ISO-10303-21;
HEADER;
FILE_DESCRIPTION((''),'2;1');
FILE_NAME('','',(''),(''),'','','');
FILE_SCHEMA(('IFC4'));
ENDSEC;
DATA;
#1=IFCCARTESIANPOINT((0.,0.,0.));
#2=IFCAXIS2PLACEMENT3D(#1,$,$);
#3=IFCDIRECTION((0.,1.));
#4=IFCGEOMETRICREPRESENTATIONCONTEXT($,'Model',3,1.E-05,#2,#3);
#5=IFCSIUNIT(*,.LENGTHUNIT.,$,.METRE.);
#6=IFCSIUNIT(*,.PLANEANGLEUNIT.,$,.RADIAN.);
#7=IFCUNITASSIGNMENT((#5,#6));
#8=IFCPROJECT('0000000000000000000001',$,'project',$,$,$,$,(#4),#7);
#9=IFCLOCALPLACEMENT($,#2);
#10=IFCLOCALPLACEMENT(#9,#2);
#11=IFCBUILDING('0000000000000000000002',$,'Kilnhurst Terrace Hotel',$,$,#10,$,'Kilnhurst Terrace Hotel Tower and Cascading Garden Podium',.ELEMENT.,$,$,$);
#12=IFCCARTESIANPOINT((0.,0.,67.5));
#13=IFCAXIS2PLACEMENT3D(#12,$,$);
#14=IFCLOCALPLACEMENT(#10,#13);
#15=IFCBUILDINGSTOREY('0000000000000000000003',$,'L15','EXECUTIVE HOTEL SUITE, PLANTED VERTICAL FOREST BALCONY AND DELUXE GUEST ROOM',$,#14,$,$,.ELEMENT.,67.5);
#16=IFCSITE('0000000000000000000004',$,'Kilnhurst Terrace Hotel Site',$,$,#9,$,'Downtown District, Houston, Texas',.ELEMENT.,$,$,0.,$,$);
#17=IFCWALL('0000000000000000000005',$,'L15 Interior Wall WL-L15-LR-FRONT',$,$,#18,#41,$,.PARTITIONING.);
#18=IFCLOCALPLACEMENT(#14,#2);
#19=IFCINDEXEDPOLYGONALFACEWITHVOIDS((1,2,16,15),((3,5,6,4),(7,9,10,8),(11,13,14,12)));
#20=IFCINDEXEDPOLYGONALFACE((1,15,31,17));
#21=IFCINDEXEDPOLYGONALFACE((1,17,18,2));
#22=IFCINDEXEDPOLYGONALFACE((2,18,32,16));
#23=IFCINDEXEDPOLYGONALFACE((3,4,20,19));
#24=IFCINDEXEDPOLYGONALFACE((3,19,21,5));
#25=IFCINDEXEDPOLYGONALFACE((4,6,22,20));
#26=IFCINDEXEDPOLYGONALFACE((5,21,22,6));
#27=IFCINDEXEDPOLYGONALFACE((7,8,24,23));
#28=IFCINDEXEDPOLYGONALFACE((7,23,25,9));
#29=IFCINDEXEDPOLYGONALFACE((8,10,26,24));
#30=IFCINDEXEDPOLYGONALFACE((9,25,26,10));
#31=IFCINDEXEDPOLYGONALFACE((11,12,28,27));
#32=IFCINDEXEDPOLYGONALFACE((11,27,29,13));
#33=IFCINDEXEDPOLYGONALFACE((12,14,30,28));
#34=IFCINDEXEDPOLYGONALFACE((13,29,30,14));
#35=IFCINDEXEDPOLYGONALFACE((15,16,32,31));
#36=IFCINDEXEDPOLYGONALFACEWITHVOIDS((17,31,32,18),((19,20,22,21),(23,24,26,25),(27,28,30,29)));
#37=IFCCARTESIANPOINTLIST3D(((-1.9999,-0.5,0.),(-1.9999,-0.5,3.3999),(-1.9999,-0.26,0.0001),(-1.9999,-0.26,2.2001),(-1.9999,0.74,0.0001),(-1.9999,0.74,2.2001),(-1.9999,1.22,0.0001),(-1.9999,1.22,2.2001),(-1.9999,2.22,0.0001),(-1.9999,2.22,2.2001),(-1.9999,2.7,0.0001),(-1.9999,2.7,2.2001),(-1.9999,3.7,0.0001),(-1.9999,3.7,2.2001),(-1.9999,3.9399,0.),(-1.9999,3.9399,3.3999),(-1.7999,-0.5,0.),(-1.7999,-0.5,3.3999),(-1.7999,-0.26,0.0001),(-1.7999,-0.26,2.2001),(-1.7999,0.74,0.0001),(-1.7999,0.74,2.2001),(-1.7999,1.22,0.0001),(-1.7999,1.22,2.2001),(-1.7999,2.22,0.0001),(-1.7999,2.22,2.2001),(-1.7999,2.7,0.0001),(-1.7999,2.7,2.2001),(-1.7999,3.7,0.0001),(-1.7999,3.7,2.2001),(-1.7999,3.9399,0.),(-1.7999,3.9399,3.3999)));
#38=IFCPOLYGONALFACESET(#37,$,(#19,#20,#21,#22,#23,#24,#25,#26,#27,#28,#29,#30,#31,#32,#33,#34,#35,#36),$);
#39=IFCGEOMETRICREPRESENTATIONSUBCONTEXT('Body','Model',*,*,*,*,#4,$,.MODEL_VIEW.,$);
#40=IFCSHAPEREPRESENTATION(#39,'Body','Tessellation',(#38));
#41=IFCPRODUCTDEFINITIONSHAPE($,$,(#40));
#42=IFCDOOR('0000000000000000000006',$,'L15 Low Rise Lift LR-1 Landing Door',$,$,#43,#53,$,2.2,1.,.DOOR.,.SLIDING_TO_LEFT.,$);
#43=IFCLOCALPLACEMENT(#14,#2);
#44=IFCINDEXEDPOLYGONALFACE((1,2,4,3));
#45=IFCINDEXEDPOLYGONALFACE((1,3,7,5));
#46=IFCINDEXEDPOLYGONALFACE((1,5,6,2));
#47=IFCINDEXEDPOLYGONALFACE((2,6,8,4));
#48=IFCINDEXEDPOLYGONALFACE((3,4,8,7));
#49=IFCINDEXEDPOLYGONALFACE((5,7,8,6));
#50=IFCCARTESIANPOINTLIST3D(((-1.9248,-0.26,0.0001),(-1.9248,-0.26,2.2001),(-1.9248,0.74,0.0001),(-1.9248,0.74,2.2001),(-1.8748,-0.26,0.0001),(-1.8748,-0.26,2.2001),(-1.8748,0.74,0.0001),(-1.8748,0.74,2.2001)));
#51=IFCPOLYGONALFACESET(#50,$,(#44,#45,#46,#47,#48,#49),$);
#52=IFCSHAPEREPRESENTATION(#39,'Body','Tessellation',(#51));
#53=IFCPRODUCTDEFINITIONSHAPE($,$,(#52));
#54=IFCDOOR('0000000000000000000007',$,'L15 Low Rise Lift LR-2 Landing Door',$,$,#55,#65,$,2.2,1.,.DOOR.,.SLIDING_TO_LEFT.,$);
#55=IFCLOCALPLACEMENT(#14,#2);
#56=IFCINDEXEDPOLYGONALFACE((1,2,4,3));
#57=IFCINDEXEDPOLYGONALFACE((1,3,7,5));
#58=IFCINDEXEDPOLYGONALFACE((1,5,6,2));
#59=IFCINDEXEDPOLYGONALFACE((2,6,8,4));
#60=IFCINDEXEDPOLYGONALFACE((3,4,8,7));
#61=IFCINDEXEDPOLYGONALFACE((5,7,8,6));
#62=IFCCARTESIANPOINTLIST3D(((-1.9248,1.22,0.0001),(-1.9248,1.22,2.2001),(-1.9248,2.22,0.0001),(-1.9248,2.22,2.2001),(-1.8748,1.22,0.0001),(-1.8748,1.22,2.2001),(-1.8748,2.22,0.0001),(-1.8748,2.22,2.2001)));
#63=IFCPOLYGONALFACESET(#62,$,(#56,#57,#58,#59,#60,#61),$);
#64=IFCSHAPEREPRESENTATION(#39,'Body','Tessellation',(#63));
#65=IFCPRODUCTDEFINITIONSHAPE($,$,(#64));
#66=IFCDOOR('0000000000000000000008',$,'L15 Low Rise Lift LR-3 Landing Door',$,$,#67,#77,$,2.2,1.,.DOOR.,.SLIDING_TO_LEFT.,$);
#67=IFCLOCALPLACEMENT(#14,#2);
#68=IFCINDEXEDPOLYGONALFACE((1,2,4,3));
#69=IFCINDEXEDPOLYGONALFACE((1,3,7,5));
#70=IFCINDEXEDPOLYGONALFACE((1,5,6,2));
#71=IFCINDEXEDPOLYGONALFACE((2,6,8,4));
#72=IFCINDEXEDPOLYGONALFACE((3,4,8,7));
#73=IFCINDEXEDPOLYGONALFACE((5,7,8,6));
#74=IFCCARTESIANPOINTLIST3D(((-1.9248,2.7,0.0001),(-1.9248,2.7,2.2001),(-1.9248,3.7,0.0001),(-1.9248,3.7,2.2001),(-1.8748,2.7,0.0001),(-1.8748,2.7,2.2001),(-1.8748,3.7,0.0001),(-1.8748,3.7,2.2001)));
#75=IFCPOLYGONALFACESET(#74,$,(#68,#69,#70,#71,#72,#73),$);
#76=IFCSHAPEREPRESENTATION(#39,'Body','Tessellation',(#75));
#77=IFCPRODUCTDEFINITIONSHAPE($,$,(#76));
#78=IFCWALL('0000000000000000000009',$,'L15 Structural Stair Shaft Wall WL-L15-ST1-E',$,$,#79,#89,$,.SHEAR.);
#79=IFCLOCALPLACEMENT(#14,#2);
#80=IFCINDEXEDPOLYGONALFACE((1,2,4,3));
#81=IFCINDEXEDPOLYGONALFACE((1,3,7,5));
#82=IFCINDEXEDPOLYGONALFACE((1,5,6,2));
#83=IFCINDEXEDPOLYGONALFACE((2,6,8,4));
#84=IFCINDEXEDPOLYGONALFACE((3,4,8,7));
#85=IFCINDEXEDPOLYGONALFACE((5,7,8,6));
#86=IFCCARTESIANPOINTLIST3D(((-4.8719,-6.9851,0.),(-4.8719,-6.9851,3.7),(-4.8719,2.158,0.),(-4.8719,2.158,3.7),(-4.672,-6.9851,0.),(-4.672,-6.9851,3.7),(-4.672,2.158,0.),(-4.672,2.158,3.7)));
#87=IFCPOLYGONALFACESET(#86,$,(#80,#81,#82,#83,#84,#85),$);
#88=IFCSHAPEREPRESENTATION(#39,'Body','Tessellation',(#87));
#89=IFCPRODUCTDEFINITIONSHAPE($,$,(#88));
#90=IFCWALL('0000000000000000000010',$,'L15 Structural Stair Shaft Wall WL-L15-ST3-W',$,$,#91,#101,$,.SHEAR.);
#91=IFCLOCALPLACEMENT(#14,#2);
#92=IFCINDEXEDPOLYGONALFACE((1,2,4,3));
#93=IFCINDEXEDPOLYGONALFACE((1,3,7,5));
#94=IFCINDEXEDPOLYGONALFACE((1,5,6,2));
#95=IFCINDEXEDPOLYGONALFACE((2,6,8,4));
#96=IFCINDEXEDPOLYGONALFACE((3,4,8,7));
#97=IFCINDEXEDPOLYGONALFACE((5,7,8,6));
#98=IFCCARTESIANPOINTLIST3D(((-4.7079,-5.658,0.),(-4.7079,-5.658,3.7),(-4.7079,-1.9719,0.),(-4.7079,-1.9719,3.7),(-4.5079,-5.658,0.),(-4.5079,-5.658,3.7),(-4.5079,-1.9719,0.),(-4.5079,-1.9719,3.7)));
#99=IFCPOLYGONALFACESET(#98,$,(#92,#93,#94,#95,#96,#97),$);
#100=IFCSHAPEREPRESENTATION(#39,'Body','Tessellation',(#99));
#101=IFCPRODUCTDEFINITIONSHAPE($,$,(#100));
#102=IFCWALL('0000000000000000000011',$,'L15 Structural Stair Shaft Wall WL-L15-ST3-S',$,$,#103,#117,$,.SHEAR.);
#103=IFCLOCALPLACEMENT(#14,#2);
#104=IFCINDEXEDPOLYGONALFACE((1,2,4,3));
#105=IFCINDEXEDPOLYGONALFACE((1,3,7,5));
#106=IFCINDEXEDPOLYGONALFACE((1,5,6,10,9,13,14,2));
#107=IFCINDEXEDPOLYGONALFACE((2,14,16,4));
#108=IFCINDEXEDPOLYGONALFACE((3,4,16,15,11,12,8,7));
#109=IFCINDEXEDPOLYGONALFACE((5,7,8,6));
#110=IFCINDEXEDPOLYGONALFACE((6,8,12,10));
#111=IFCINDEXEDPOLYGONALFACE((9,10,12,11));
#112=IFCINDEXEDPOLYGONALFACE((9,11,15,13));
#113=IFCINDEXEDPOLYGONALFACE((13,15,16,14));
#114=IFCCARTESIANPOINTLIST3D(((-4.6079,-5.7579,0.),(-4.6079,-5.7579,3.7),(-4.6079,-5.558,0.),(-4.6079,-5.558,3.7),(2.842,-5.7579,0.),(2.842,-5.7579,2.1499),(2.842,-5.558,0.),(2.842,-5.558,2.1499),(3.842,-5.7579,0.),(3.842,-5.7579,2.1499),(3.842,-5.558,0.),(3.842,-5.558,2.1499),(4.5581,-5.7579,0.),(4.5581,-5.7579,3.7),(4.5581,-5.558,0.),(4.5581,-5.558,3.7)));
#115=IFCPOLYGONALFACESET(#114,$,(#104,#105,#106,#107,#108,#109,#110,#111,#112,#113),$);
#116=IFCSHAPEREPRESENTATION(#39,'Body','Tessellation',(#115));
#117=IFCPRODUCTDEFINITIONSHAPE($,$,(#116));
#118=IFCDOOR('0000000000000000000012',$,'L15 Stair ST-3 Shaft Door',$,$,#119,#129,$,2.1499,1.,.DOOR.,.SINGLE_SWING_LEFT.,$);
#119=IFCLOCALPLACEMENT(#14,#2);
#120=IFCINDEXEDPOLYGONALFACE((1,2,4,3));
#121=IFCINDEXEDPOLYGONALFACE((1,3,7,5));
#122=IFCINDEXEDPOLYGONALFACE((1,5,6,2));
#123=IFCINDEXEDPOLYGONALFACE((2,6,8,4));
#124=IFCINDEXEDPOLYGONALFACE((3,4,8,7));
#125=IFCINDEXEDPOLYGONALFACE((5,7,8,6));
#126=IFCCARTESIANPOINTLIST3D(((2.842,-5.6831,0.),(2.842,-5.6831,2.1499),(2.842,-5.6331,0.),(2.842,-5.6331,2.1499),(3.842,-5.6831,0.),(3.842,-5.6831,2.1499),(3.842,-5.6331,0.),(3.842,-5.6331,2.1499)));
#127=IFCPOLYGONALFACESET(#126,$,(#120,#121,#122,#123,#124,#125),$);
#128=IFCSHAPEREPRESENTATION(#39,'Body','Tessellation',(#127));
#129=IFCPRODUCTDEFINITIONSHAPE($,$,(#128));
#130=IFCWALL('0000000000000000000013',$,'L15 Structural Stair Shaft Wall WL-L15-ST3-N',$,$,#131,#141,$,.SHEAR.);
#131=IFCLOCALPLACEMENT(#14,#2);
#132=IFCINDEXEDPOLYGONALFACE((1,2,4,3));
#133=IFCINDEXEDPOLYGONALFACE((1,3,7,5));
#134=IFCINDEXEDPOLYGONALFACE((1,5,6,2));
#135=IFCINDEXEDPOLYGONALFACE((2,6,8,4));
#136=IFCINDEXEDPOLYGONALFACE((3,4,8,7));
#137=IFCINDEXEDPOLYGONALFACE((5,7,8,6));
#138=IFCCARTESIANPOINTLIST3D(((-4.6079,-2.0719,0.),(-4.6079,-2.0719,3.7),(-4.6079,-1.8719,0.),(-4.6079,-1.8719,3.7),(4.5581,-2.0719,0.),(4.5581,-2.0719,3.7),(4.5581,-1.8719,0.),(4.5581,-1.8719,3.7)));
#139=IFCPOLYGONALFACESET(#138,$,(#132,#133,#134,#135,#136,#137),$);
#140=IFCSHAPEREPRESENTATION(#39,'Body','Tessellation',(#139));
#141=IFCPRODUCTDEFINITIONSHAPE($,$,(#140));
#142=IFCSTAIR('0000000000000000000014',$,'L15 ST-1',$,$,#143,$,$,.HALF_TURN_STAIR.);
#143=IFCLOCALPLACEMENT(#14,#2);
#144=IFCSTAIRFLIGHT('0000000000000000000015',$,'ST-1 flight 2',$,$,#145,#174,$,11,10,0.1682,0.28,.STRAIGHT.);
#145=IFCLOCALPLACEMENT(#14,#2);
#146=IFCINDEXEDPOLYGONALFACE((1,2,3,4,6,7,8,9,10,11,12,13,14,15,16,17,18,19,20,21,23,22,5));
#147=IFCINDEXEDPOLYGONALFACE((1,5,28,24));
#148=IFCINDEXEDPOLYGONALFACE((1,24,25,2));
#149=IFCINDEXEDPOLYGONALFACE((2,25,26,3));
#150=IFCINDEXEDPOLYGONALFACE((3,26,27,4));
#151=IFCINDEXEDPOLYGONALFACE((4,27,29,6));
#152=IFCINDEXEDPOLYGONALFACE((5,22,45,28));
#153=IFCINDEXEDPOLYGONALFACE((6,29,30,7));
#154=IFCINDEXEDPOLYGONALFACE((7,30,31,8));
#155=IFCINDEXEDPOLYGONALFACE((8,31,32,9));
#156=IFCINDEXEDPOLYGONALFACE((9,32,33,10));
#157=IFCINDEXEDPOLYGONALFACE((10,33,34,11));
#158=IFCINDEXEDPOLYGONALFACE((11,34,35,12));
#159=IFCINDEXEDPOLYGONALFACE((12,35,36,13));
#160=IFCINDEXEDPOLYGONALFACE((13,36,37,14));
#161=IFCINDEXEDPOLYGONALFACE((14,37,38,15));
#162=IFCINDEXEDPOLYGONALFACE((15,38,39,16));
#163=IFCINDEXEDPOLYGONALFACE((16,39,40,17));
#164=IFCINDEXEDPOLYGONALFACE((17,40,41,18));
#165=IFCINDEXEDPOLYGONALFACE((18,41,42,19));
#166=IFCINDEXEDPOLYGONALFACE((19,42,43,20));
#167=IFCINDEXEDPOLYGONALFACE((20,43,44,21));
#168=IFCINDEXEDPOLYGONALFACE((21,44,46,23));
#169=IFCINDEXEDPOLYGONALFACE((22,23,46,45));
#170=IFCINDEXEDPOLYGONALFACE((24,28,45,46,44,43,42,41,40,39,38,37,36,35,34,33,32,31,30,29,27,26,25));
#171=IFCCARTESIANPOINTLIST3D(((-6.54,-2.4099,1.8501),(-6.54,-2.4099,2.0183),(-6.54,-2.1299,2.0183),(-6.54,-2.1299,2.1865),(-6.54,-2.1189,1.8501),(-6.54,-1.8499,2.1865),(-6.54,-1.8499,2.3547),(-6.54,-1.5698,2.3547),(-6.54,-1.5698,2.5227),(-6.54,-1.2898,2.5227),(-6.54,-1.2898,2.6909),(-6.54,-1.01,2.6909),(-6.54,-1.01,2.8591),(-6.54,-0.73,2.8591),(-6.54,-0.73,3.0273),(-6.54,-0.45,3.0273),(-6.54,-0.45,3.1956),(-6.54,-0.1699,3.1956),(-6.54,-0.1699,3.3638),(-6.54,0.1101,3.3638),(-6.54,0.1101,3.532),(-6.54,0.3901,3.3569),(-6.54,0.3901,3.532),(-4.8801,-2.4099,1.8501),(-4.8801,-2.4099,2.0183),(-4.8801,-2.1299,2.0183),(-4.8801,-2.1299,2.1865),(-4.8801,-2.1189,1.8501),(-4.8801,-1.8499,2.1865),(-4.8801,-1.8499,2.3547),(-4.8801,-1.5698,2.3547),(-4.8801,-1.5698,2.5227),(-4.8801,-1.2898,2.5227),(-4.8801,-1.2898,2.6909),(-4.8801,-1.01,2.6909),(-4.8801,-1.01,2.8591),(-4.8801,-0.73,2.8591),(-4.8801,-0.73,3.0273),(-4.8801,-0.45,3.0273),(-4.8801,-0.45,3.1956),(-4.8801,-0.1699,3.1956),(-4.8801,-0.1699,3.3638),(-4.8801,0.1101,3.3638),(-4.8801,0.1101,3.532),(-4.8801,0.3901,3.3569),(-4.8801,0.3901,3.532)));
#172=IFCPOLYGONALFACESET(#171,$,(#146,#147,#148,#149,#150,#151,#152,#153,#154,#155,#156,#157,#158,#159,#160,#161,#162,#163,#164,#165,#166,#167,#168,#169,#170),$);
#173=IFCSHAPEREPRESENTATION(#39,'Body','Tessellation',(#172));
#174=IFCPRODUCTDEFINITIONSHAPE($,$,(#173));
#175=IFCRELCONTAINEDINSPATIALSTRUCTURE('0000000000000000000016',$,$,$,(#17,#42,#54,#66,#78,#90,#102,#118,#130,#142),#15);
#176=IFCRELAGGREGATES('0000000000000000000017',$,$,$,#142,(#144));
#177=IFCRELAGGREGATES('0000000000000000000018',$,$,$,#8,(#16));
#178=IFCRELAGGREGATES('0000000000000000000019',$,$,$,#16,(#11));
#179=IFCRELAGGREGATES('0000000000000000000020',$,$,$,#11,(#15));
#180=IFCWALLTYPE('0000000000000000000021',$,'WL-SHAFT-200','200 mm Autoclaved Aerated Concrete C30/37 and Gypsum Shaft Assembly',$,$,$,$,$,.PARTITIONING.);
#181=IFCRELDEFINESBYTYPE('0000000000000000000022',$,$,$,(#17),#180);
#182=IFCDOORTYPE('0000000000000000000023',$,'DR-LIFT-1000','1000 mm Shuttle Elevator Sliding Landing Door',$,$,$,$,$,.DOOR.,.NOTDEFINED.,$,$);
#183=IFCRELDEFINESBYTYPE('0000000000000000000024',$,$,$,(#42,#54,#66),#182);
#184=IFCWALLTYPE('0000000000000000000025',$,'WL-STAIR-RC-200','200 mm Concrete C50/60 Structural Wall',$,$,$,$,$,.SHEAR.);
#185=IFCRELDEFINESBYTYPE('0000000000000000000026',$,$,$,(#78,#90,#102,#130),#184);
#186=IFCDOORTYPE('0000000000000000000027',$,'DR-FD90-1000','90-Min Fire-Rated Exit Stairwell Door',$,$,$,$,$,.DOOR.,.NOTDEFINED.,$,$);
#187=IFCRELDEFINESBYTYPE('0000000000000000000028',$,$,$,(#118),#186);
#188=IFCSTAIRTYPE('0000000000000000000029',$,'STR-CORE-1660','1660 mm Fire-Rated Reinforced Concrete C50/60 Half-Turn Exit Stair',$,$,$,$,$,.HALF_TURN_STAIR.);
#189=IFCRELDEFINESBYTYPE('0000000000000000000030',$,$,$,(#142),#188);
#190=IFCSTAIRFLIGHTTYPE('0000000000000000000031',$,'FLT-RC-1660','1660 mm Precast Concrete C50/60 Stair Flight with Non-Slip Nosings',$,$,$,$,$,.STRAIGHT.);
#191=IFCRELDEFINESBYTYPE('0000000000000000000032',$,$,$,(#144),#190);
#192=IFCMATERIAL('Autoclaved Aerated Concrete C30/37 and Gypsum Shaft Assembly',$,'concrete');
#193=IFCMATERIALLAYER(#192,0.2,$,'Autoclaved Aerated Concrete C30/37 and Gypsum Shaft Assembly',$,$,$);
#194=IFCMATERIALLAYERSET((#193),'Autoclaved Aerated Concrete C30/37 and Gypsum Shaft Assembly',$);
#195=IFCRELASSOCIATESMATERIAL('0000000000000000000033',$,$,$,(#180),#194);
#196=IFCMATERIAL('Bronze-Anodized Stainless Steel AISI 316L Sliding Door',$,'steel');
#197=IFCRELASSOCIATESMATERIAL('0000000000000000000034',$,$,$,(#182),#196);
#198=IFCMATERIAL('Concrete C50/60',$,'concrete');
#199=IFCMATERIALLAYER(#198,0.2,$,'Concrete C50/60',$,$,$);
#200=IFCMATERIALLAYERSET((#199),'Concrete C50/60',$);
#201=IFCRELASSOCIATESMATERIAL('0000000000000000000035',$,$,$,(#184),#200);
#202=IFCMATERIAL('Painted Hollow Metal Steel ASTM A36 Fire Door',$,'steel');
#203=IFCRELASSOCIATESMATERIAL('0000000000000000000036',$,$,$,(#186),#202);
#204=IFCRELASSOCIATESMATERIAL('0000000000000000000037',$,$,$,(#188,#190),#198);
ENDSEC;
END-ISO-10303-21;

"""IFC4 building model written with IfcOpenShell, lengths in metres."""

from ifc_helpers import new_model, si_unit, direction, frame, frame_2d, origin, place, context, subcontext, project, spatial, polyline, rectangle, outline, extrude, material, layer, layer_set, type_object, element, fill, aggregate, save


model = new_model("IFC4")

# Units and contexts
model_context = context("Model", 3, precision=1e-05, world=origin(), true_north=direction((0.0, 1.0)))
body_context = subcontext(model_context, "Body", "Model", "MODEL_VIEW")
ifc_project = project(units=[si_unit("LENGTHUNIT", "METRE"), si_unit("PLANEANGLEUNIT", "RADIAN")], contexts=[model_context])

# Site, building, storey
site_placement = place(None, origin())
site = spatial("IfcSite", under=ifc_project, at=site_placement, Name="Kilnhurst Terrace Hotel Site", LongName="Downtown District, Houston, Texas", CompositionType="ELEMENT", RefElevation=0.0)
building_placement = place(site_placement, origin())
building = spatial("IfcBuilding", under=site, at=building_placement, Name="Kilnhurst Terrace Hotel", LongName="Kilnhurst Terrace Hotel Tower and Cascading Garden Podium", CompositionType="ELEMENT")
storey_placement = place(building_placement, frame((0.0, 0.0, 67.5)))
storey = spatial("IfcBuildingStorey", under=building, at=storey_placement, Name="L15", Description="EXECUTIVE HOTEL SUITE, PLANTED VERTICAL FOREST BALCONY AND DELUXE GUEST ROOM", CompositionType="ELEMENT", Elevation=67.5)

# Shared definitions
ifc_material_1 = material(Name="Concrete C50/60", Category="concrete")

# Shared definitions
ifc_material_2 = material(Name="Autoclaved Aerated Concrete C30/37 and Gypsum Shaft Assembly", Category="concrete")
ifc_layer_1 = layer(ifc_material_2, 0.2, Name="Autoclaved Aerated Concrete C30/37 and Gypsum Shaft Assembly")
ifc_layer_set_1 = layer_set([ifc_layer_1], Name="Autoclaved Aerated Concrete C30/37 and Gypsum Shaft Assembly")
wall_type_1 = type_object("IfcWallType", Name="WL-SHAFT-200", Description="200 mm Autoclaved Aerated Concrete C30/37 and Gypsum Shaft Assembly", PredefinedType="PARTITIONING", material=ifc_layer_set_1)
ifc_material_3 = material(Name="Bronze-Anodized Stainless Steel AISI 316L Sliding Door", Category="steel")
door_type_1 = type_object("IfcDoorType", Name="DR-LIFT-1000", Description="1000 mm Shuttle Elevator Sliding Landing Door", OperationType="NOTDEFINED", PredefinedType="DOOR", material=ifc_material_3)

# Wall, openings, doors
wall_1_placement = place(storey_placement, frame((-1.8999, -0.5, 0.0), z_axis=(0.0, 0.0, 1.0), x_axis=(0.0, 1.0, 0.0)))
wall_1 = element("IfcWall", 1, at=wall_1_placement, inside=storey, type_object=wall_type_1, Name="L15 Interior Wall WL-L15-LR-FRONT", PredefinedType="PARTITIONING", context=body_context, shape_type="SweptSolid", body=[
    extrude(rectangle(XDim=4.4399, YDim=0.2, at=frame_2d((2.22, 0.0))), origin(), (0.0, 0.0, 1.0), 3.3999),
])
opening_1_placement = place(wall_1_placement, frame((0.24, 0.0, 0.0)))
opening_1 = element("IfcOpeningElement", 2, at=opening_1_placement, cuts=wall_1, PredefinedType="OPENING", context=body_context, shape_type="SweptSolid", body=[
    extrude(rectangle(XDim=1.0, YDim=2.2, at=frame_2d((0.5, 1.1001))), frame((0.0, 0.1099, 0.0), z_axis=(0.0, -1.0, 0.0), x_axis=(1.0, 0.0, 0.0)), (0.0, 0.0, 1.0), 0.22),
])
opening_2_placement = place(wall_1_placement, frame((1.72, 0.0, 0.0)))
opening_2 = element("IfcOpeningElement", 3, at=opening_2_placement, cuts=wall_1, PredefinedType="OPENING", context=body_context, shape_type="SweptSolid", body=[
    extrude(rectangle(XDim=1.0, YDim=2.2, at=frame_2d((0.5, 1.1001))), frame((0.0, 0.1099, 0.0), z_axis=(0.0, -1.0, 0.0), x_axis=(1.0, 0.0, 0.0)), (0.0, 0.0, 1.0), 0.22),
])
opening_3_placement = place(wall_1_placement, frame((3.2, 0.0, 0.0)))
opening_3 = element("IfcOpeningElement", 4, at=opening_3_placement, cuts=wall_1, PredefinedType="OPENING", context=body_context, shape_type="SweptSolid", body=[
    extrude(rectangle(XDim=1.0, YDim=2.2, at=frame_2d((0.5, 1.1001))), frame((0.0, 0.1099, 0.0), z_axis=(0.0, -1.0, 0.0), x_axis=(1.0, 0.0, 0.0)), (0.0, 0.0, 1.0), 0.22),
])
door_1_placement = place(opening_1_placement, origin())
door_1 = element("IfcDoor", 5, at=door_1_placement, inside=storey, type_object=door_type_1, Name="L15 Low Rise Lift LR-1 Landing Door", OperationType="SLIDING_TO_LEFT", OverallHeight=2.2, OverallWidth=1.0, PredefinedType="DOOR", context=body_context, shape_type="SweptSolid", body=[
    extrude(rectangle(XDim=1.0, YDim=2.2, at=frame_2d((0.5, 1.1001))), frame((0.0, 0.0249, 0.0), z_axis=(0.0, -1.0, 0.0), x_axis=(1.0, 0.0, 0.0)), (0.0, 0.0, 1.0), 0.05),
])
fill(opening_1, door_1)
door_2_placement = place(opening_2_placement, origin())
door_2 = element("IfcDoor", 6, at=door_2_placement, inside=storey, type_object=door_type_1, Name="L15 Low Rise Lift LR-2 Landing Door", OperationType="SLIDING_TO_LEFT", OverallHeight=2.2, OverallWidth=1.0, PredefinedType="DOOR", context=body_context, shape_type="SweptSolid", body=[
    extrude(rectangle(XDim=1.0, YDim=2.2, at=frame_2d((0.5, 1.1001))), frame((0.0, 0.0249, 0.0), z_axis=(0.0, -1.0, 0.0), x_axis=(1.0, 0.0, 0.0)), (0.0, 0.0, 1.0), 0.05),
])
fill(opening_2, door_2)
door_3_placement = place(opening_3_placement, origin())
door_3 = element("IfcDoor", 7, at=door_3_placement, inside=storey, type_object=door_type_1, Name="L15 Low Rise Lift LR-3 Landing Door", OperationType="SLIDING_TO_LEFT", OverallHeight=2.2, OverallWidth=1.0, PredefinedType="DOOR", context=body_context, shape_type="SweptSolid", body=[
    extrude(rectangle(XDim=1.0, YDim=2.2, at=frame_2d((0.5, 1.1001))), frame((0.0, 0.0249, 0.0), z_axis=(0.0, -1.0, 0.0), x_axis=(1.0, 0.0, 0.0)), (0.0, 0.0, 1.0), 0.05),
])
fill(opening_3, door_3)

# Walls
ifc_layer_2 = layer(ifc_material_1, 0.2, Name="Concrete C50/60")
ifc_layer_set_2 = layer_set([ifc_layer_2], Name="Concrete C50/60")
wall_type_2 = type_object("IfcWallType", Name="WL-STAIR-RC-200", Description="200 mm Concrete C50/60 Structural Wall", PredefinedType="SHEAR", material=ifc_layer_set_2)
wall_2_placement = place(storey_placement, frame((-4.772, -6.9851, 0.0), z_axis=(0.0, 0.0, 1.0), x_axis=(0.0, 1.0, 0.0)))
element("IfcWall", 8, at=wall_2_placement, inside=storey, type_object=wall_type_2, Name="L15 Structural Stair Shaft Wall WL-L15-ST1-E", PredefinedType="SHEAR", context=body_context, shape_type="SweptSolid", body=[
    extrude(rectangle(XDim=9.1431, YDim=0.2, at=frame_2d((4.5715, 0.0))), origin(), (0.0, 0.0, 1.0), 3.7),
])
wall_3_placement = place(storey_placement, frame((-4.6079, -5.658, 0.0), z_axis=(0.0, 0.0, 1.0), x_axis=(0.0, 1.0, 0.0)))
element("IfcWall", 9, at=wall_3_placement, inside=storey, type_object=wall_type_2, Name="L15 Structural Stair Shaft Wall WL-L15-ST3-W", PredefinedType="SHEAR", context=body_context, shape_type="SweptSolid", body=[
    extrude(rectangle(XDim=3.686, YDim=0.2, at=frame_2d((1.843, 0.0))), origin(), (0.0, 0.0, 1.0), 3.7),
])

# Wall, opening, door
wall_4_placement = place(storey_placement, frame((-4.6079, -5.658, 0.0), z_axis=(0.0, 0.0, 1.0), x_axis=(1.0, 0.0, 0.0)))
wall_4 = element("IfcWall", 10, at=wall_4_placement, inside=storey, type_object=wall_type_2, Name="L15 Structural Stair Shaft Wall WL-L15-ST3-S", PredefinedType="SHEAR", context=body_context, shape_type="SweptSolid", body=[
    extrude(rectangle(XDim=9.166, YDim=0.2, at=frame_2d((4.583, 0.0))), origin(), (0.0, 0.0, 1.0), 3.7),
])
opening_4_placement = place(wall_4_placement, frame((7.45, 0.0, 0.0)))
opening_4 = element("IfcOpeningElement", 11, at=opening_4_placement, cuts=wall_4, PredefinedType="OPENING", context=body_context, shape_type="SweptSolid", body=[
    extrude(rectangle(XDim=1.0, YDim=2.1499, at=frame_2d((0.5, 1.075))), frame((0.0, 0.1099, 0.0), z_axis=(0.0, -1.0, 0.0), x_axis=(1.0, 0.0, 0.0)), (0.0, 0.0, 1.0), 0.22),
])
ifc_material_4 = material(Name="Painted Hollow Metal Steel ASTM A36 Fire Door", Category="steel")
door_type_2 = type_object("IfcDoorType", Name="DR-FD90-1000", Description="90-Min Fire-Rated Exit Stairwell Door", OperationType="NOTDEFINED", PredefinedType="DOOR", material=ifc_material_4)
door_4_placement = place(opening_4_placement, origin())
door_4 = element("IfcDoor", 12, at=door_4_placement, inside=storey, type_object=door_type_2, Name="L15 Stair ST-3 Shaft Door", OperationType="SINGLE_SWING_LEFT", OverallHeight=2.1499, OverallWidth=1.0, PredefinedType="DOOR", context=body_context, shape_type="SweptSolid", body=[
    extrude(rectangle(XDim=1.0, YDim=2.1499, at=frame_2d((0.5, 1.075))), frame((0.0, 0.0249, 0.0), z_axis=(0.0, -1.0, 0.0), x_axis=(1.0, 0.0, 0.0)), (0.0, 0.0, 1.0), 0.05),
])
fill(opening_4, door_4)

# Wall
wall_5_placement = place(storey_placement, frame((-4.6079, -1.9719, 0.0), z_axis=(0.0, 0.0, 1.0), x_axis=(1.0, 0.0, 0.0)))
element("IfcWall", 13, at=wall_5_placement, inside=storey, type_object=wall_type_2, Name="L15 Structural Stair Shaft Wall WL-L15-ST3-N", PredefinedType="SHEAR", context=body_context, shape_type="SweptSolid", body=[
    extrude(rectangle(XDim=9.166, YDim=0.2, at=frame_2d((4.583, 0.0))), origin(), (0.0, 0.0, 1.0), 3.7),
])

# Stair, stair flight
stair_type = type_object("IfcStairType", Name="STR-CORE-1660", Description="1660 mm Fire-Rated Reinforced Concrete C50/60 Half-Turn Exit Stair", PredefinedType="HALF_TURN_STAIR", material=ifc_material_1)
stair_placement = place(storey_placement, origin())
stair = element("IfcStair", 14, at=stair_placement, inside=storey, type_object=stair_type, Name="L15 ST-1", PredefinedType="HALF_TURN_STAIR")
stair_flight_type = type_object("IfcStairFlightType", Name="FLT-RC-1660", Description="1660 mm Precast Concrete C50/60 Stair Flight with Non-Slip Nosings", PredefinedType="STRAIGHT", material=ifc_material_1)
stair_flight_placement = place(storey_placement, frame((-5.71, -2.4099, 1.8501), z_axis=(0.0, 0.0, 1.0), x_axis=(0.0, 1.0, 0.0)))
stair_flight = element("IfcStairFlight", 15, at=stair_flight_placement, type_object=stair_flight_type, Name="ST-1 flight 2", NumberOfRisers=11, NumberOfTreads=10, PredefinedType="STRAIGHT", RiserHeight=0.1682, TreadLength=0.28, context=body_context, shape_type="SweptSolid", body=[
    extrude(outline(polyline([(0.0, 0.0), (0.0, 0.1682), (0.28, 0.1682), (0.28, 0.3364), (0.5601, 0.3364), (0.5601, 0.5046), (0.8401, 0.5046), (0.8401, 0.6726), (1.1201, 0.6726), (1.1201, 0.8408), (1.3999, 0.8408), (1.3999, 1.009), (1.6799, 1.009), (1.6799, 1.1772), (1.96, 1.1772), (1.96, 1.3455), (2.24, 1.3455), (2.24, 1.5137), (2.52, 1.5137), (2.52, 1.6819), (2.8, 1.6819), (2.8, 1.8501), (2.8, 1.5068), (0.291, 0.0), (0.0, 0.0)])), frame((0.0, 0.8301, 0.0), z_axis=(0.0, -1.0, 0.0), x_axis=(1.0, 0.0, 0.0)), (0.0, 0.0, 1.0), 1.6599),
])
aggregate(stair, [stair_flight])

save(model, "model.ifc")
